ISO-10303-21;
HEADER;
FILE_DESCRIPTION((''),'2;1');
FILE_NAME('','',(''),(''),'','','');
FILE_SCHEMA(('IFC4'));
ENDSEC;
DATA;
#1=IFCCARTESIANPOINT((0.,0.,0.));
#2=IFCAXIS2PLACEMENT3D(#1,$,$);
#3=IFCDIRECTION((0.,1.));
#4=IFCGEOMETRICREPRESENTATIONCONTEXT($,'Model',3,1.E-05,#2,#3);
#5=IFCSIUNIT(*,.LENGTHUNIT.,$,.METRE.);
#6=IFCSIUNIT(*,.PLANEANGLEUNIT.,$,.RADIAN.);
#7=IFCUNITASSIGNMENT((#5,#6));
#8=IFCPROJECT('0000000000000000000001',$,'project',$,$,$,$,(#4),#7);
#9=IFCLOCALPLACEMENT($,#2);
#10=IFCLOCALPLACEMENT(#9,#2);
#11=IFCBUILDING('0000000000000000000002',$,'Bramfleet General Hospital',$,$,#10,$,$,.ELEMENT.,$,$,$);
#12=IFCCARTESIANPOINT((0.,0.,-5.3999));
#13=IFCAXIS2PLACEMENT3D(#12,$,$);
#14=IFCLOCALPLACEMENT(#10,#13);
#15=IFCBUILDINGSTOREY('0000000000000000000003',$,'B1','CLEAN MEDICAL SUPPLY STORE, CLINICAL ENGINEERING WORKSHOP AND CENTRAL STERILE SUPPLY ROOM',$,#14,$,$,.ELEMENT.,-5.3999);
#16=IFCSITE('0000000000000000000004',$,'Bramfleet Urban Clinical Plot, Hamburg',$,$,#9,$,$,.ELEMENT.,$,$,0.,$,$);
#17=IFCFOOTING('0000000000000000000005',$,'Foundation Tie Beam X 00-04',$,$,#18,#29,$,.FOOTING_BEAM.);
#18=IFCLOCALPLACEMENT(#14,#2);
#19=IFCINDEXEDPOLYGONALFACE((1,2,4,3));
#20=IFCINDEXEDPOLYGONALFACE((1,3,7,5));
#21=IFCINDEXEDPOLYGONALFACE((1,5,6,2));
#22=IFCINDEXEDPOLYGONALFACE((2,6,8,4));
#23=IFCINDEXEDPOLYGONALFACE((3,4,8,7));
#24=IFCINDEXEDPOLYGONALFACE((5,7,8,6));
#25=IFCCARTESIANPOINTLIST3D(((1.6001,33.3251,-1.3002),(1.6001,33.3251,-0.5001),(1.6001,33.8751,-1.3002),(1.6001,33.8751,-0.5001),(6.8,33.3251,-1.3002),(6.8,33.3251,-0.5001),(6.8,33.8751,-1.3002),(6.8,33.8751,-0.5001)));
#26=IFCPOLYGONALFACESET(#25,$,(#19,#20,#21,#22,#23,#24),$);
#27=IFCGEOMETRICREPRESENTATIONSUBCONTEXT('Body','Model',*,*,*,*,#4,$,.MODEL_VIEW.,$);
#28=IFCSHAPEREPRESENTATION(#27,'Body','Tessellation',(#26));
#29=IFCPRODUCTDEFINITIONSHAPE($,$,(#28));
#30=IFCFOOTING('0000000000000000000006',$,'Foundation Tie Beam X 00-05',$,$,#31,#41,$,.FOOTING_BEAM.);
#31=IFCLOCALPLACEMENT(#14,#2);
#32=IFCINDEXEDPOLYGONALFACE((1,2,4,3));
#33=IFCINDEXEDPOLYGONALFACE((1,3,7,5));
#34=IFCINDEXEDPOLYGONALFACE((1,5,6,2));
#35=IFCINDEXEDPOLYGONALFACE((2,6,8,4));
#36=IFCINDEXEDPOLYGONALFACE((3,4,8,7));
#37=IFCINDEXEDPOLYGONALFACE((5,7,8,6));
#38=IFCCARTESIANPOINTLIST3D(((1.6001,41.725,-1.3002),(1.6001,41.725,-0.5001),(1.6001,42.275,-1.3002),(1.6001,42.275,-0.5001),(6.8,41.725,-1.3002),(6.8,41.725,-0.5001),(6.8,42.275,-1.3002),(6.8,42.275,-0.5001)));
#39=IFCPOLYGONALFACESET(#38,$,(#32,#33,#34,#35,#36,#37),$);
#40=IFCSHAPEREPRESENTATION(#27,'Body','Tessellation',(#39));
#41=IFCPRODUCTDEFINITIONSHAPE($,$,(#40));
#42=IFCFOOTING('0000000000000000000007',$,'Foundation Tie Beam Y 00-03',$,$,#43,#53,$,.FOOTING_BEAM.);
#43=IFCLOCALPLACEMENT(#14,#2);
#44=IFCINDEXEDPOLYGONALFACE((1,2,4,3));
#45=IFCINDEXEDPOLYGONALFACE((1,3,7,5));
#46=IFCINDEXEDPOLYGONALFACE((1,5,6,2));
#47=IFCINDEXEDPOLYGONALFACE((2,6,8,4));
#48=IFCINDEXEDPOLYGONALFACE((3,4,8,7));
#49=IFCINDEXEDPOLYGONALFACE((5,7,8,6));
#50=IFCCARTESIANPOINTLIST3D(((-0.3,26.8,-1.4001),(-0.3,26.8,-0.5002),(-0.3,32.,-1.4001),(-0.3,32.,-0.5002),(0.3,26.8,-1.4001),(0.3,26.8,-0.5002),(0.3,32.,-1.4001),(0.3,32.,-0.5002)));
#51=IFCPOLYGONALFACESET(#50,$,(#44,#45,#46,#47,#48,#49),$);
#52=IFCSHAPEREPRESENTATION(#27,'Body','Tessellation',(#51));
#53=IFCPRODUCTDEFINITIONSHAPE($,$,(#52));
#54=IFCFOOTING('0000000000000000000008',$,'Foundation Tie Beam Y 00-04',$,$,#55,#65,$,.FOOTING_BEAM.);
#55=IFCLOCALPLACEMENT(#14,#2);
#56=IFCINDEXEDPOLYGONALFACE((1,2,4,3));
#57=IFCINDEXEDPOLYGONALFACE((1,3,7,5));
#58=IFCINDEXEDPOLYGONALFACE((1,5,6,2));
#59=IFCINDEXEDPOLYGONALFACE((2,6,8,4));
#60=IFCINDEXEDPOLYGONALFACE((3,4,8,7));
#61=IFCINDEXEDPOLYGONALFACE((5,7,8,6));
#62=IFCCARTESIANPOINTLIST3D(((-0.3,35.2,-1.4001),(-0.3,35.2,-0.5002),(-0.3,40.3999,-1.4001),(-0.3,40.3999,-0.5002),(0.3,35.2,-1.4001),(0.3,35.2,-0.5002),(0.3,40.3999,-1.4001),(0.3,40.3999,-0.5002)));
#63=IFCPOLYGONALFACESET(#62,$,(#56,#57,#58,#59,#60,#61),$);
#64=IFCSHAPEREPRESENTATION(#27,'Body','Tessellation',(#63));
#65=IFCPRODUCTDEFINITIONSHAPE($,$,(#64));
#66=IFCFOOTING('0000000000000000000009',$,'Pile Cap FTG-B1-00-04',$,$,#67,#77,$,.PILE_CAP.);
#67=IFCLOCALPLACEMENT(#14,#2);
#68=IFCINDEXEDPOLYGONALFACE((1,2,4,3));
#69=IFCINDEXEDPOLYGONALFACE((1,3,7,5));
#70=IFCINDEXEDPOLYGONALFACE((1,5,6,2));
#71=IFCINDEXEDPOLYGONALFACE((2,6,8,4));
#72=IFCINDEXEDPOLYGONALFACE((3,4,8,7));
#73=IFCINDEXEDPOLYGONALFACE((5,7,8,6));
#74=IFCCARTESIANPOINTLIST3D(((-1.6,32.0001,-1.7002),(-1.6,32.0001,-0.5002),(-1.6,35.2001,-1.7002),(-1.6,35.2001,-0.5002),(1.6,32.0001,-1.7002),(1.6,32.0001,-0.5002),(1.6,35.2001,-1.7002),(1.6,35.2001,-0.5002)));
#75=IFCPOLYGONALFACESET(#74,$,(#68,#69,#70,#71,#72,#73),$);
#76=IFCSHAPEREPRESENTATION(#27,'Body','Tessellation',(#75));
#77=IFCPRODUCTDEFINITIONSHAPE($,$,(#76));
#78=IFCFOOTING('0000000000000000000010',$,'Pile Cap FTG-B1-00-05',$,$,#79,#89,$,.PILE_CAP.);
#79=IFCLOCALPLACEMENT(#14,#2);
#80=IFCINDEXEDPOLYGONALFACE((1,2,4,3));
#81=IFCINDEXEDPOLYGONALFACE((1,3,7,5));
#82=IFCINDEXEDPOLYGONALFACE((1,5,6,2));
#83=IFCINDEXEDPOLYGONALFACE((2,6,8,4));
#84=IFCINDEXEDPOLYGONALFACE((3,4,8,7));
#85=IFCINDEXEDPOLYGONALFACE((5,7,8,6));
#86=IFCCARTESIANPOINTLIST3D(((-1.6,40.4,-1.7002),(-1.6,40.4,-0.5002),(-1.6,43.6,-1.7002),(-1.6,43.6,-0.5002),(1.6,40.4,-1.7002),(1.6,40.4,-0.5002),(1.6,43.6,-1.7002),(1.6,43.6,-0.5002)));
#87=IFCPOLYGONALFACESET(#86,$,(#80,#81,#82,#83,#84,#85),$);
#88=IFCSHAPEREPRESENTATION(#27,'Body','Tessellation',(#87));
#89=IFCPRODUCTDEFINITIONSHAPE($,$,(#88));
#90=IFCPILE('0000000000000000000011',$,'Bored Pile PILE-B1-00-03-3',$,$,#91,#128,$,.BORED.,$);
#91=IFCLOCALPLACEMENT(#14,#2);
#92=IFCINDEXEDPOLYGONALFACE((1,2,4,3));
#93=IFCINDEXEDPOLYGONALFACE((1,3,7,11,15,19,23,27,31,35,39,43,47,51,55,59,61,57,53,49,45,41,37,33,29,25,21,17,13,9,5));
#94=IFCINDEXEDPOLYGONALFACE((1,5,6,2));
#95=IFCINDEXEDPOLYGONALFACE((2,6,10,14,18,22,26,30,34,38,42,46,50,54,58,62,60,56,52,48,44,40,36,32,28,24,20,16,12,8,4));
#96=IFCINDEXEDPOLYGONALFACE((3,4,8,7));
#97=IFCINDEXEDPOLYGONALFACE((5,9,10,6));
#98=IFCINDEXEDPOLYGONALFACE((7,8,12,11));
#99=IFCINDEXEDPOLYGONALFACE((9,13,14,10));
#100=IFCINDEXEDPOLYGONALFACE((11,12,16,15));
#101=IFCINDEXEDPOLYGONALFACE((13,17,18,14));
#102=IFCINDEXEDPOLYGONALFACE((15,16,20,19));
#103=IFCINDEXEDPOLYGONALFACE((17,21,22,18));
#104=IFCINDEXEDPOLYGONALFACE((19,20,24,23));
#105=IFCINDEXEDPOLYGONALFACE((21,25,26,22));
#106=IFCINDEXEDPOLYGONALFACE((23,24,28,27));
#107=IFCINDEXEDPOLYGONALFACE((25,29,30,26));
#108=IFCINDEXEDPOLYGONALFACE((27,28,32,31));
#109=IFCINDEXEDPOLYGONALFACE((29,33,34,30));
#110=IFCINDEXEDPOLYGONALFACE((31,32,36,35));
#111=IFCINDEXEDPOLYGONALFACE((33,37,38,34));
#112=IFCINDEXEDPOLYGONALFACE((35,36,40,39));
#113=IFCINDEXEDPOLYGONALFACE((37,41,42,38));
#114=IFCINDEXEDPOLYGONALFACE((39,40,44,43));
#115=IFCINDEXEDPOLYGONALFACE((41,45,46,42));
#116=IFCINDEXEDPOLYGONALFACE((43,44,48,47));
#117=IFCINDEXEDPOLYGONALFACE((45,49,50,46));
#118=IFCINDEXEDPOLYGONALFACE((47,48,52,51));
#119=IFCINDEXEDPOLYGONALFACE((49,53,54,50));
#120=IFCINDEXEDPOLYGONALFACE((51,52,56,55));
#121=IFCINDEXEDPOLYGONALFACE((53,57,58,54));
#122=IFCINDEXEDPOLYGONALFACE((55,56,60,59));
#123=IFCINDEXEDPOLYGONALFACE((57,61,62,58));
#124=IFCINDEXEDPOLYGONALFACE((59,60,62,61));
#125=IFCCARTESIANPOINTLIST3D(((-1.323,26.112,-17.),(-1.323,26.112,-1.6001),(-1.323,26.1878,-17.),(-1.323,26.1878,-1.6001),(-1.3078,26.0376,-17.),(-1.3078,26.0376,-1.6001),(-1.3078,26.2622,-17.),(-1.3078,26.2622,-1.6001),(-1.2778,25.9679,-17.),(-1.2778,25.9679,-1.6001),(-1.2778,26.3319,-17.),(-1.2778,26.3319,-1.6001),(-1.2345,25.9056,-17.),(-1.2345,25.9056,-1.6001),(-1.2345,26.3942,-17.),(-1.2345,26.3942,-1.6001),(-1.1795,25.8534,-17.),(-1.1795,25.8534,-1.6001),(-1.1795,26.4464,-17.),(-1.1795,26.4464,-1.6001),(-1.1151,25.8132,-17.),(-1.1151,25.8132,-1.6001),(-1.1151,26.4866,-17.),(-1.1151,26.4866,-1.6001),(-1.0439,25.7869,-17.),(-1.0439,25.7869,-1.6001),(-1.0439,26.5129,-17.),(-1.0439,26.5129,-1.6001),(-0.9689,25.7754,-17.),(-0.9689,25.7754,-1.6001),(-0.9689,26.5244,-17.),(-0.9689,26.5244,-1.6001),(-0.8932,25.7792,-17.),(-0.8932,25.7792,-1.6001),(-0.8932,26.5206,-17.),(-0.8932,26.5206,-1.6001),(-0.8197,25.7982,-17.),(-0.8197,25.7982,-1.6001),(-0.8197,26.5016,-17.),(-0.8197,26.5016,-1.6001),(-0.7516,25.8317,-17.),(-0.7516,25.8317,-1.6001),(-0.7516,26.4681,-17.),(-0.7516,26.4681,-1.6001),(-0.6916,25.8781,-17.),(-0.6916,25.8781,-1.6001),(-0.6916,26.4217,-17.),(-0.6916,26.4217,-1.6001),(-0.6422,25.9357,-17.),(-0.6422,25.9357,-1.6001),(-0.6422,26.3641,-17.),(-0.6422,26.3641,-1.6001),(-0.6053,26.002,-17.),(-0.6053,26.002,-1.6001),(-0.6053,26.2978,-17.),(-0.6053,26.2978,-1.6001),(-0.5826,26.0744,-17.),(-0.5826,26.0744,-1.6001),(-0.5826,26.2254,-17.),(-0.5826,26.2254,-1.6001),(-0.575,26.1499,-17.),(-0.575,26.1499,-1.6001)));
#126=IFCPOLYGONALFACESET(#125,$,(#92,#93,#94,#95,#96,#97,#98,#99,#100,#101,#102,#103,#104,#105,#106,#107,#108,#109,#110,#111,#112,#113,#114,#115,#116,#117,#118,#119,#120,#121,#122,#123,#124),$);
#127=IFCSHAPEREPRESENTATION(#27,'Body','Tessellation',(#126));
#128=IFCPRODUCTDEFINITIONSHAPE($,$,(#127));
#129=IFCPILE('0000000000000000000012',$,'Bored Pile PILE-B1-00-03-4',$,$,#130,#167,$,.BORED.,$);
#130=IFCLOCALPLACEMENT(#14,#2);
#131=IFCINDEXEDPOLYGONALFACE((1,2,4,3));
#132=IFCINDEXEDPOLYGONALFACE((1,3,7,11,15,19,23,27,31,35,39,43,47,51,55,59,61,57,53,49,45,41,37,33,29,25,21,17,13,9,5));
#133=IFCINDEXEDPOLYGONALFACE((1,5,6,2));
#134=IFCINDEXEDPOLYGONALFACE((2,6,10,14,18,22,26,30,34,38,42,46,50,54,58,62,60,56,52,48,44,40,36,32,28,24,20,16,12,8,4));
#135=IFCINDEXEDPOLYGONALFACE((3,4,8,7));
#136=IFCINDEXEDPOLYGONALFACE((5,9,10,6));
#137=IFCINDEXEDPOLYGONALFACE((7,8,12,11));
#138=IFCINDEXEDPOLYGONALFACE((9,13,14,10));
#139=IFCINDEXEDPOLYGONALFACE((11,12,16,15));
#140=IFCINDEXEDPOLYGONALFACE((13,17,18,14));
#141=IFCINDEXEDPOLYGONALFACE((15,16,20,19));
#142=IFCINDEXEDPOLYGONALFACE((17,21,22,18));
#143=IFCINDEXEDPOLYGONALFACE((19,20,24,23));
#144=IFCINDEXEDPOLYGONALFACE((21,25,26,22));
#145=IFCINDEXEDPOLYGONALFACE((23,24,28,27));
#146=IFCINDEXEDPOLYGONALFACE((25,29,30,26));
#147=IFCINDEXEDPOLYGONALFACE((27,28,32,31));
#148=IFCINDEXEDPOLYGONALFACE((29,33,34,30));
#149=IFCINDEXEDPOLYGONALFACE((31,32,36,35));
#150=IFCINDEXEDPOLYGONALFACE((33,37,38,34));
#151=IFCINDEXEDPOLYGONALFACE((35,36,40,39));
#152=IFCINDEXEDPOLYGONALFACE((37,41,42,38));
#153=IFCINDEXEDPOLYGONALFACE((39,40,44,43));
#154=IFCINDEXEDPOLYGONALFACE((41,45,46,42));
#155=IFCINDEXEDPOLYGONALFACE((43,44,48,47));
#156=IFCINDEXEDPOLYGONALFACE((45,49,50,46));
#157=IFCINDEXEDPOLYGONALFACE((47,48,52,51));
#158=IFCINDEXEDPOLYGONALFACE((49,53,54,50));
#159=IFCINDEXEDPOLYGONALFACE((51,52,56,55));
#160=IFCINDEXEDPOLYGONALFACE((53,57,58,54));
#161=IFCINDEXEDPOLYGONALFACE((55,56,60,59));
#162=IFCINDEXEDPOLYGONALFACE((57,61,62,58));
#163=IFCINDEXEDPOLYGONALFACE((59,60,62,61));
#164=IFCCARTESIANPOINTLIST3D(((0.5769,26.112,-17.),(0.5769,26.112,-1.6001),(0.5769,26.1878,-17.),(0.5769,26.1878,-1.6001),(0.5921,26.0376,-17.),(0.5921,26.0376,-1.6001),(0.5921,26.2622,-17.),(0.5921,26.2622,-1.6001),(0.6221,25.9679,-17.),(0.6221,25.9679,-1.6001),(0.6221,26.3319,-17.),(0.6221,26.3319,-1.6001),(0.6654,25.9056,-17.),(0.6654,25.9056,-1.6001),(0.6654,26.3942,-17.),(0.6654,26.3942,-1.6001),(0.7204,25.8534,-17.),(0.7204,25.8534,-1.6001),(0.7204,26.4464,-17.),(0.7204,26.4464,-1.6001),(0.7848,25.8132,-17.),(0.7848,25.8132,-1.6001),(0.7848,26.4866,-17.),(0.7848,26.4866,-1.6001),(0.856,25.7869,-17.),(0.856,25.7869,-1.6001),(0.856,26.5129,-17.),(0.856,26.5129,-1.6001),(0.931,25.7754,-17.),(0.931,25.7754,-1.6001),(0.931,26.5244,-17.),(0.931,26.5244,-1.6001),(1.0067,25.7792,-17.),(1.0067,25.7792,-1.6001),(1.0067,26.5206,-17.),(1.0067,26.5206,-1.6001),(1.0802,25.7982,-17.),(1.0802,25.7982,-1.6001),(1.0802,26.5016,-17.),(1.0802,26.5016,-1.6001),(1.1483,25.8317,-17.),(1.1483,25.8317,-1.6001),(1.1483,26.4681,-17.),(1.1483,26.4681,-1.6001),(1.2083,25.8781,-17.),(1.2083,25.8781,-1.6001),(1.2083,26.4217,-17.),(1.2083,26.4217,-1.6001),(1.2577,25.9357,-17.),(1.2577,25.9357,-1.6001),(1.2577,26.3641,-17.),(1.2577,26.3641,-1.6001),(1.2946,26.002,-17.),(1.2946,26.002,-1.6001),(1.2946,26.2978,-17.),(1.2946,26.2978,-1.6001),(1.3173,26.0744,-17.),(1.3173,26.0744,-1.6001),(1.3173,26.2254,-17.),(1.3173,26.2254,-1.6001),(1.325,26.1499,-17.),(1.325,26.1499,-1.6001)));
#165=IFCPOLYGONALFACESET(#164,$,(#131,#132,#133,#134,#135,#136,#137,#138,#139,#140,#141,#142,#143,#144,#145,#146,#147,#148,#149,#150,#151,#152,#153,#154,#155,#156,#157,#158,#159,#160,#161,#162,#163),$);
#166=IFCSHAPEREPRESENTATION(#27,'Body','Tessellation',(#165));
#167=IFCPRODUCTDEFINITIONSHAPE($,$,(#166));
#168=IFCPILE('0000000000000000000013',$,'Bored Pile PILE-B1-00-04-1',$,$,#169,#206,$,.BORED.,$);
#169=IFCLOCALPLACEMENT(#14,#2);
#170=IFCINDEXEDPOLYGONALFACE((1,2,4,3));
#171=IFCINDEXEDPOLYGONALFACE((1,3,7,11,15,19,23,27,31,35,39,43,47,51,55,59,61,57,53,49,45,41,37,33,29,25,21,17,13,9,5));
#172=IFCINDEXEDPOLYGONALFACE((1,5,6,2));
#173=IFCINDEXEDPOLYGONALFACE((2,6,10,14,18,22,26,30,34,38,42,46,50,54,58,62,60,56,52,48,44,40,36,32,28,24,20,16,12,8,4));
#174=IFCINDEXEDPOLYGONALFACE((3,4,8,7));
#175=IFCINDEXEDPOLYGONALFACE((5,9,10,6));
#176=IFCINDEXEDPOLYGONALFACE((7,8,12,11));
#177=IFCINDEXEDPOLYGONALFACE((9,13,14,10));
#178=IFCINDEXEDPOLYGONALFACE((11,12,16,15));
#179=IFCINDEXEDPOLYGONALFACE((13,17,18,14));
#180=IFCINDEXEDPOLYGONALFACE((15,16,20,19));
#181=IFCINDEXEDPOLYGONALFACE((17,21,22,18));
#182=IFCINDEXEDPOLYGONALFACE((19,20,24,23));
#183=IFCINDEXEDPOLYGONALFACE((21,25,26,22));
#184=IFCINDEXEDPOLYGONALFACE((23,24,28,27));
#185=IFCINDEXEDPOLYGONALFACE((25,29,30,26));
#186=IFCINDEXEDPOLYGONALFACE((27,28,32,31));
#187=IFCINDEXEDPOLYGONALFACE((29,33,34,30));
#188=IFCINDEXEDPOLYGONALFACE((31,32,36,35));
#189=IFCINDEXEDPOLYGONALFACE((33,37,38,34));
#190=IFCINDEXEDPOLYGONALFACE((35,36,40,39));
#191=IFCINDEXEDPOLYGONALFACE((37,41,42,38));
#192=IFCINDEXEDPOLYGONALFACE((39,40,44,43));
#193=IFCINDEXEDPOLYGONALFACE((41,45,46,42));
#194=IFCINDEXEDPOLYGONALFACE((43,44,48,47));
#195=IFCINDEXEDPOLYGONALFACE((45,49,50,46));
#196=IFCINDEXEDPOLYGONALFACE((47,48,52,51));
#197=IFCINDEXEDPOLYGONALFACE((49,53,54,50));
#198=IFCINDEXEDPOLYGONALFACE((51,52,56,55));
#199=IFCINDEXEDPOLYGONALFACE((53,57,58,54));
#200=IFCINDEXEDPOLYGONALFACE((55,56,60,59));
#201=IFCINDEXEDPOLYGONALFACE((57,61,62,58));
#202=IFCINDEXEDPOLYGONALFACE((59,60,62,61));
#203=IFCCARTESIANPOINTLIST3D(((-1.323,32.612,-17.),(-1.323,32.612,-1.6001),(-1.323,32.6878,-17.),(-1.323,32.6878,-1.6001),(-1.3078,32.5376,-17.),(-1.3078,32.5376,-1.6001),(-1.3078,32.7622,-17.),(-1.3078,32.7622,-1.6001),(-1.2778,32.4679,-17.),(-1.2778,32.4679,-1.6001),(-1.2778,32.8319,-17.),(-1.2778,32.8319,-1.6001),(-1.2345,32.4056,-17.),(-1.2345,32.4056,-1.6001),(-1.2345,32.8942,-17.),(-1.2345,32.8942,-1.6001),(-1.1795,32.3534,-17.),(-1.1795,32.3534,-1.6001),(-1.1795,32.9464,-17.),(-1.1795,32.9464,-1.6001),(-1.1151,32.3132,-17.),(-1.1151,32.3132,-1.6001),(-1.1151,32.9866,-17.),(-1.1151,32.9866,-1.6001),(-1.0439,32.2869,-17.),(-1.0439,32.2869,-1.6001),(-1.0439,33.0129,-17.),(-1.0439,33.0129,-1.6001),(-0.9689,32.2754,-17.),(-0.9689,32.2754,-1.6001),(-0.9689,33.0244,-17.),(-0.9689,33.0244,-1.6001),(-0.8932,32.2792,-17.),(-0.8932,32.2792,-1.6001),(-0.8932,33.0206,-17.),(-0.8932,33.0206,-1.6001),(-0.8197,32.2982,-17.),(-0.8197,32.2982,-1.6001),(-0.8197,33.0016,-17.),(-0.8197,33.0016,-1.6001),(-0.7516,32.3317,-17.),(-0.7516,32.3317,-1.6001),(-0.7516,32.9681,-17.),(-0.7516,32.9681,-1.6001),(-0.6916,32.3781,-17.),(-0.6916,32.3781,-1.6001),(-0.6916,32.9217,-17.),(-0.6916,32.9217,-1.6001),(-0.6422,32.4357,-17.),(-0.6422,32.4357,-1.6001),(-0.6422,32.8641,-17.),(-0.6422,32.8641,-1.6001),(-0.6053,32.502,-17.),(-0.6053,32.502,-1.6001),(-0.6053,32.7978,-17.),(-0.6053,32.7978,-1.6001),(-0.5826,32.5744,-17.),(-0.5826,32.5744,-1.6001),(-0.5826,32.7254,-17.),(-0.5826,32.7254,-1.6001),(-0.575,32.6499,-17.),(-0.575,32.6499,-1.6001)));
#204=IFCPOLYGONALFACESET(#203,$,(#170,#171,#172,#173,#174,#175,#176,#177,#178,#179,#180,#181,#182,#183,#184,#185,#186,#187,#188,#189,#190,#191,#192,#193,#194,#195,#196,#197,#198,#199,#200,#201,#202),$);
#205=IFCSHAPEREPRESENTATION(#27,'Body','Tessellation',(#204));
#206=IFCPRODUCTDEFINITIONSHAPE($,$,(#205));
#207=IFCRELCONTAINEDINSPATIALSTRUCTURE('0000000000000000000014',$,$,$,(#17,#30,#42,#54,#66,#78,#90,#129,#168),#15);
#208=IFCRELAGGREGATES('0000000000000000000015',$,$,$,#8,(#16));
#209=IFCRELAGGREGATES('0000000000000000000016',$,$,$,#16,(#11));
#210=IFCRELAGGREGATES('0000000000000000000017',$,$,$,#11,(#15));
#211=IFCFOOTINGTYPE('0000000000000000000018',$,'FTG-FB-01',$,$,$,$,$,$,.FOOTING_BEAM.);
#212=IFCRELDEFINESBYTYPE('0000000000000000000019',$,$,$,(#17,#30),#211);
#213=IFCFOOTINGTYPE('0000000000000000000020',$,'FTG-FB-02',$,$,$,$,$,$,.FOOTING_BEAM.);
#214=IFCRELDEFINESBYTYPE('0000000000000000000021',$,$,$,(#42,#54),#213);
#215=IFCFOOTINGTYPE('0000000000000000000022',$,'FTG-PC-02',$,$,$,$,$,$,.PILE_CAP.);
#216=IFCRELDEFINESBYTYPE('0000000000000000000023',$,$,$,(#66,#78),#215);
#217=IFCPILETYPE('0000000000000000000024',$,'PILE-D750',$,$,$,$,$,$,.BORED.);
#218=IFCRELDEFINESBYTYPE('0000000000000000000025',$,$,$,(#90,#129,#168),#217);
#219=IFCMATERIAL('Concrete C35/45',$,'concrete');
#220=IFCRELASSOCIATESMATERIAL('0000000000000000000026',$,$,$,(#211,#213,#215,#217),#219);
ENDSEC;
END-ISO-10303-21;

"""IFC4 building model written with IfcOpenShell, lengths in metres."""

from ifc_helpers import new_model, si_unit, direction, frame, origin, origin_2d, place, context, subcontext, project, spatial, rectangle, circle, extrude, material, material_profile, profile_set, type_object, element, save


model = new_model("IFC4")

# Units and contexts
model_context = context("Model", 3, precision=1e-05, world=origin(), true_north=direction((0.0, 1.0)))
body_context = subcontext(model_context, "Body", "Model", "MODEL_VIEW")
ifc_project = project(units=[si_unit("LENGTHUNIT", "METRE"), si_unit("PLANEANGLEUNIT", "RADIAN")], contexts=[model_context])

# Site, building, storey
site_placement = place(None, origin())
site = spatial("IfcSite", under=ifc_project, at=site_placement, Name="Bramfleet Urban Clinical Plot, Hamburg", CompositionType="ELEMENT", RefElevation=0.0)
building_placement = place(site_placement, origin())
building = spatial("IfcBuilding", under=site, at=building_placement, Name="Bramfleet General Hospital", CompositionType="ELEMENT")
storey_placement = place(building_placement, frame((0.0, 0.0, -5.3999)))
storey = spatial("IfcBuildingStorey", under=building, at=storey_placement, Name="B1", Description="CLEAN MEDICAL SUPPLY STORE, CLINICAL ENGINEERING WORKSHOP AND CENTRAL STERILE SUPPLY ROOM", CompositionType="ELEMENT", Elevation=-5.3999)

# Footings
ifc_material_1 = material(Name="Concrete C35/45", Category="concrete")
ifc_material_profile_1 = material_profile(ifc_material_1, rectangle(XDim=0.55, YDim=0.8, at=origin_2d()), Name="RC FB 800x550")
ifc_profile_set_1 = profile_set([ifc_material_profile_1], Name="Concrete C35/45")
footing_type_1 = type_object("IfcFootingType", Name="FTG-FB-01", PredefinedType="FOOTING_BEAM", material=ifc_profile_set_1)
for number, where, z_axis, x_axis, name in (
    (1, (1.6001, 33.6001, -0.9001), (1.0, 0.0, 0.0), (0.0, 1.0, 0.0), "Foundation Tie Beam X 00-04"),
    (2, (1.6001, 42.0, -0.9001), (1.0, 0.0, 0.0), (0.0, 1.0, 0.0), "Foundation Tie Beam X 00-05"),
):
    element("IfcFooting", number, at=place(storey_placement, frame(where, z_axis=z_axis, x_axis=x_axis)), inside=storey, type_object=footing_type_1, Name=name, PredefinedType="FOOTING_BEAM", context=body_context, shape_type="SweptSolid", body=[
        extrude(rectangle(XDim=0.55, YDim=0.8, at=origin_2d()), origin(), (0.0, 0.0, 1.0), 5.2),
    ])
ifc_material_profile_2 = material_profile(ifc_material_1, rectangle(XDim=0.6001, YDim=0.8999, at=origin_2d()), Name="RC FB 900x600")
ifc_profile_set_2 = profile_set([ifc_material_profile_2], Name="Concrete C35/45")
footing_type_2 = type_object("IfcFootingType", Name="FTG-FB-02", PredefinedType="FOOTING_BEAM", material=ifc_profile_set_2)
for number, where, z_axis, x_axis, name in (
    (3, (0.0, 26.8, -0.9502), (0.0, 1.0, 0.0), (-1.0, 0.0, 0.0), "Foundation Tie Beam Y 00-03"),
    (4, (0.0, 35.2, -0.9502), (0.0, 1.0, 0.0), (-1.0, 0.0, 0.0), "Foundation Tie Beam Y 00-04"),
):
    element("IfcFooting", number, at=place(storey_placement, frame(where, z_axis=z_axis, x_axis=x_axis)), inside=storey, type_object=footing_type_2, Name=name, PredefinedType="FOOTING_BEAM", context=body_context, shape_type="SweptSolid", body=[
        extrude(rectangle(XDim=0.6001, YDim=0.8999, at=origin_2d()), origin(), (0.0, 0.0, 1.0), 5.2),
    ])
footing_type_3 = type_object("IfcFootingType", Name="FTG-PC-02", PredefinedType="PILE_CAP", material=ifc_material_1)
for number, where, z_axis, x_axis, name in (
    (5, (0.0, 33.6001, -1.7002), (0.0, 0.0, 1.0), (1.0, 0.0, 0.0), "Pile Cap FTG-B1-00-04"),
    (6, (0.0, 42.0, -1.7002), (0.0, 0.0, 1.0), (1.0, 0.0, 0.0), "Pile Cap FTG-B1-00-05"),
):
    element("IfcFooting", number, at=place(storey_placement, frame(where, z_axis=z_axis, x_axis=x_axis)), inside=storey, type_object=footing_type_3, Name=name, PredefinedType="PILE_CAP", context=body_context, shape_type="SweptSolid", body=[
        extrude(rectangle(XDim=3.2, YDim=3.2, at=origin_2d()), origin(), (0.0, 0.0, 1.0), 1.2),
    ])

# Piles
ifc_material_profile_3 = material_profile(ifc_material_1, circle(Radius=0.375, at=origin_2d()), Name="PILE BORED D750")
ifc_profile_set_3 = profile_set([ifc_material_profile_3], Name="Concrete C35/45")
pile_type = type_object("IfcPileType", Name="PILE-D750", PredefinedType="BORED", material=ifc_profile_set_3)
for number, where, z_axis, x_axis, name in (
    (7, (-0.95, 26.1499, -1.6001), (0.0, 0.0, -1.0), (1.0, 0.0, 0.0), "Bored Pile PILE-B1-00-03-3"),
    (8, (0.95, 26.1499, -1.6001), (0.0, 0.0, -1.0), (1.0, 0.0, 0.0), "Bored Pile PILE-B1-00-03-4"),
    (9, (-0.95, 32.6499, -1.6001), (0.0, 0.0, -1.0), (1.0, 0.0, 0.0), "Bored Pile PILE-B1-00-04-1"),
):
    element("IfcPile", number, at=place(storey_placement, frame(where, z_axis=z_axis, x_axis=x_axis)), inside=storey, type_object=pile_type, Name=name, PredefinedType="BORED", context=body_context, shape_type="SweptSolid", body=[
        extrude(circle(Radius=0.375, at=origin_2d()), origin(), (0.0, 0.0, 1.0), 15.3999),
    ])

save(model, "model.ifc")
